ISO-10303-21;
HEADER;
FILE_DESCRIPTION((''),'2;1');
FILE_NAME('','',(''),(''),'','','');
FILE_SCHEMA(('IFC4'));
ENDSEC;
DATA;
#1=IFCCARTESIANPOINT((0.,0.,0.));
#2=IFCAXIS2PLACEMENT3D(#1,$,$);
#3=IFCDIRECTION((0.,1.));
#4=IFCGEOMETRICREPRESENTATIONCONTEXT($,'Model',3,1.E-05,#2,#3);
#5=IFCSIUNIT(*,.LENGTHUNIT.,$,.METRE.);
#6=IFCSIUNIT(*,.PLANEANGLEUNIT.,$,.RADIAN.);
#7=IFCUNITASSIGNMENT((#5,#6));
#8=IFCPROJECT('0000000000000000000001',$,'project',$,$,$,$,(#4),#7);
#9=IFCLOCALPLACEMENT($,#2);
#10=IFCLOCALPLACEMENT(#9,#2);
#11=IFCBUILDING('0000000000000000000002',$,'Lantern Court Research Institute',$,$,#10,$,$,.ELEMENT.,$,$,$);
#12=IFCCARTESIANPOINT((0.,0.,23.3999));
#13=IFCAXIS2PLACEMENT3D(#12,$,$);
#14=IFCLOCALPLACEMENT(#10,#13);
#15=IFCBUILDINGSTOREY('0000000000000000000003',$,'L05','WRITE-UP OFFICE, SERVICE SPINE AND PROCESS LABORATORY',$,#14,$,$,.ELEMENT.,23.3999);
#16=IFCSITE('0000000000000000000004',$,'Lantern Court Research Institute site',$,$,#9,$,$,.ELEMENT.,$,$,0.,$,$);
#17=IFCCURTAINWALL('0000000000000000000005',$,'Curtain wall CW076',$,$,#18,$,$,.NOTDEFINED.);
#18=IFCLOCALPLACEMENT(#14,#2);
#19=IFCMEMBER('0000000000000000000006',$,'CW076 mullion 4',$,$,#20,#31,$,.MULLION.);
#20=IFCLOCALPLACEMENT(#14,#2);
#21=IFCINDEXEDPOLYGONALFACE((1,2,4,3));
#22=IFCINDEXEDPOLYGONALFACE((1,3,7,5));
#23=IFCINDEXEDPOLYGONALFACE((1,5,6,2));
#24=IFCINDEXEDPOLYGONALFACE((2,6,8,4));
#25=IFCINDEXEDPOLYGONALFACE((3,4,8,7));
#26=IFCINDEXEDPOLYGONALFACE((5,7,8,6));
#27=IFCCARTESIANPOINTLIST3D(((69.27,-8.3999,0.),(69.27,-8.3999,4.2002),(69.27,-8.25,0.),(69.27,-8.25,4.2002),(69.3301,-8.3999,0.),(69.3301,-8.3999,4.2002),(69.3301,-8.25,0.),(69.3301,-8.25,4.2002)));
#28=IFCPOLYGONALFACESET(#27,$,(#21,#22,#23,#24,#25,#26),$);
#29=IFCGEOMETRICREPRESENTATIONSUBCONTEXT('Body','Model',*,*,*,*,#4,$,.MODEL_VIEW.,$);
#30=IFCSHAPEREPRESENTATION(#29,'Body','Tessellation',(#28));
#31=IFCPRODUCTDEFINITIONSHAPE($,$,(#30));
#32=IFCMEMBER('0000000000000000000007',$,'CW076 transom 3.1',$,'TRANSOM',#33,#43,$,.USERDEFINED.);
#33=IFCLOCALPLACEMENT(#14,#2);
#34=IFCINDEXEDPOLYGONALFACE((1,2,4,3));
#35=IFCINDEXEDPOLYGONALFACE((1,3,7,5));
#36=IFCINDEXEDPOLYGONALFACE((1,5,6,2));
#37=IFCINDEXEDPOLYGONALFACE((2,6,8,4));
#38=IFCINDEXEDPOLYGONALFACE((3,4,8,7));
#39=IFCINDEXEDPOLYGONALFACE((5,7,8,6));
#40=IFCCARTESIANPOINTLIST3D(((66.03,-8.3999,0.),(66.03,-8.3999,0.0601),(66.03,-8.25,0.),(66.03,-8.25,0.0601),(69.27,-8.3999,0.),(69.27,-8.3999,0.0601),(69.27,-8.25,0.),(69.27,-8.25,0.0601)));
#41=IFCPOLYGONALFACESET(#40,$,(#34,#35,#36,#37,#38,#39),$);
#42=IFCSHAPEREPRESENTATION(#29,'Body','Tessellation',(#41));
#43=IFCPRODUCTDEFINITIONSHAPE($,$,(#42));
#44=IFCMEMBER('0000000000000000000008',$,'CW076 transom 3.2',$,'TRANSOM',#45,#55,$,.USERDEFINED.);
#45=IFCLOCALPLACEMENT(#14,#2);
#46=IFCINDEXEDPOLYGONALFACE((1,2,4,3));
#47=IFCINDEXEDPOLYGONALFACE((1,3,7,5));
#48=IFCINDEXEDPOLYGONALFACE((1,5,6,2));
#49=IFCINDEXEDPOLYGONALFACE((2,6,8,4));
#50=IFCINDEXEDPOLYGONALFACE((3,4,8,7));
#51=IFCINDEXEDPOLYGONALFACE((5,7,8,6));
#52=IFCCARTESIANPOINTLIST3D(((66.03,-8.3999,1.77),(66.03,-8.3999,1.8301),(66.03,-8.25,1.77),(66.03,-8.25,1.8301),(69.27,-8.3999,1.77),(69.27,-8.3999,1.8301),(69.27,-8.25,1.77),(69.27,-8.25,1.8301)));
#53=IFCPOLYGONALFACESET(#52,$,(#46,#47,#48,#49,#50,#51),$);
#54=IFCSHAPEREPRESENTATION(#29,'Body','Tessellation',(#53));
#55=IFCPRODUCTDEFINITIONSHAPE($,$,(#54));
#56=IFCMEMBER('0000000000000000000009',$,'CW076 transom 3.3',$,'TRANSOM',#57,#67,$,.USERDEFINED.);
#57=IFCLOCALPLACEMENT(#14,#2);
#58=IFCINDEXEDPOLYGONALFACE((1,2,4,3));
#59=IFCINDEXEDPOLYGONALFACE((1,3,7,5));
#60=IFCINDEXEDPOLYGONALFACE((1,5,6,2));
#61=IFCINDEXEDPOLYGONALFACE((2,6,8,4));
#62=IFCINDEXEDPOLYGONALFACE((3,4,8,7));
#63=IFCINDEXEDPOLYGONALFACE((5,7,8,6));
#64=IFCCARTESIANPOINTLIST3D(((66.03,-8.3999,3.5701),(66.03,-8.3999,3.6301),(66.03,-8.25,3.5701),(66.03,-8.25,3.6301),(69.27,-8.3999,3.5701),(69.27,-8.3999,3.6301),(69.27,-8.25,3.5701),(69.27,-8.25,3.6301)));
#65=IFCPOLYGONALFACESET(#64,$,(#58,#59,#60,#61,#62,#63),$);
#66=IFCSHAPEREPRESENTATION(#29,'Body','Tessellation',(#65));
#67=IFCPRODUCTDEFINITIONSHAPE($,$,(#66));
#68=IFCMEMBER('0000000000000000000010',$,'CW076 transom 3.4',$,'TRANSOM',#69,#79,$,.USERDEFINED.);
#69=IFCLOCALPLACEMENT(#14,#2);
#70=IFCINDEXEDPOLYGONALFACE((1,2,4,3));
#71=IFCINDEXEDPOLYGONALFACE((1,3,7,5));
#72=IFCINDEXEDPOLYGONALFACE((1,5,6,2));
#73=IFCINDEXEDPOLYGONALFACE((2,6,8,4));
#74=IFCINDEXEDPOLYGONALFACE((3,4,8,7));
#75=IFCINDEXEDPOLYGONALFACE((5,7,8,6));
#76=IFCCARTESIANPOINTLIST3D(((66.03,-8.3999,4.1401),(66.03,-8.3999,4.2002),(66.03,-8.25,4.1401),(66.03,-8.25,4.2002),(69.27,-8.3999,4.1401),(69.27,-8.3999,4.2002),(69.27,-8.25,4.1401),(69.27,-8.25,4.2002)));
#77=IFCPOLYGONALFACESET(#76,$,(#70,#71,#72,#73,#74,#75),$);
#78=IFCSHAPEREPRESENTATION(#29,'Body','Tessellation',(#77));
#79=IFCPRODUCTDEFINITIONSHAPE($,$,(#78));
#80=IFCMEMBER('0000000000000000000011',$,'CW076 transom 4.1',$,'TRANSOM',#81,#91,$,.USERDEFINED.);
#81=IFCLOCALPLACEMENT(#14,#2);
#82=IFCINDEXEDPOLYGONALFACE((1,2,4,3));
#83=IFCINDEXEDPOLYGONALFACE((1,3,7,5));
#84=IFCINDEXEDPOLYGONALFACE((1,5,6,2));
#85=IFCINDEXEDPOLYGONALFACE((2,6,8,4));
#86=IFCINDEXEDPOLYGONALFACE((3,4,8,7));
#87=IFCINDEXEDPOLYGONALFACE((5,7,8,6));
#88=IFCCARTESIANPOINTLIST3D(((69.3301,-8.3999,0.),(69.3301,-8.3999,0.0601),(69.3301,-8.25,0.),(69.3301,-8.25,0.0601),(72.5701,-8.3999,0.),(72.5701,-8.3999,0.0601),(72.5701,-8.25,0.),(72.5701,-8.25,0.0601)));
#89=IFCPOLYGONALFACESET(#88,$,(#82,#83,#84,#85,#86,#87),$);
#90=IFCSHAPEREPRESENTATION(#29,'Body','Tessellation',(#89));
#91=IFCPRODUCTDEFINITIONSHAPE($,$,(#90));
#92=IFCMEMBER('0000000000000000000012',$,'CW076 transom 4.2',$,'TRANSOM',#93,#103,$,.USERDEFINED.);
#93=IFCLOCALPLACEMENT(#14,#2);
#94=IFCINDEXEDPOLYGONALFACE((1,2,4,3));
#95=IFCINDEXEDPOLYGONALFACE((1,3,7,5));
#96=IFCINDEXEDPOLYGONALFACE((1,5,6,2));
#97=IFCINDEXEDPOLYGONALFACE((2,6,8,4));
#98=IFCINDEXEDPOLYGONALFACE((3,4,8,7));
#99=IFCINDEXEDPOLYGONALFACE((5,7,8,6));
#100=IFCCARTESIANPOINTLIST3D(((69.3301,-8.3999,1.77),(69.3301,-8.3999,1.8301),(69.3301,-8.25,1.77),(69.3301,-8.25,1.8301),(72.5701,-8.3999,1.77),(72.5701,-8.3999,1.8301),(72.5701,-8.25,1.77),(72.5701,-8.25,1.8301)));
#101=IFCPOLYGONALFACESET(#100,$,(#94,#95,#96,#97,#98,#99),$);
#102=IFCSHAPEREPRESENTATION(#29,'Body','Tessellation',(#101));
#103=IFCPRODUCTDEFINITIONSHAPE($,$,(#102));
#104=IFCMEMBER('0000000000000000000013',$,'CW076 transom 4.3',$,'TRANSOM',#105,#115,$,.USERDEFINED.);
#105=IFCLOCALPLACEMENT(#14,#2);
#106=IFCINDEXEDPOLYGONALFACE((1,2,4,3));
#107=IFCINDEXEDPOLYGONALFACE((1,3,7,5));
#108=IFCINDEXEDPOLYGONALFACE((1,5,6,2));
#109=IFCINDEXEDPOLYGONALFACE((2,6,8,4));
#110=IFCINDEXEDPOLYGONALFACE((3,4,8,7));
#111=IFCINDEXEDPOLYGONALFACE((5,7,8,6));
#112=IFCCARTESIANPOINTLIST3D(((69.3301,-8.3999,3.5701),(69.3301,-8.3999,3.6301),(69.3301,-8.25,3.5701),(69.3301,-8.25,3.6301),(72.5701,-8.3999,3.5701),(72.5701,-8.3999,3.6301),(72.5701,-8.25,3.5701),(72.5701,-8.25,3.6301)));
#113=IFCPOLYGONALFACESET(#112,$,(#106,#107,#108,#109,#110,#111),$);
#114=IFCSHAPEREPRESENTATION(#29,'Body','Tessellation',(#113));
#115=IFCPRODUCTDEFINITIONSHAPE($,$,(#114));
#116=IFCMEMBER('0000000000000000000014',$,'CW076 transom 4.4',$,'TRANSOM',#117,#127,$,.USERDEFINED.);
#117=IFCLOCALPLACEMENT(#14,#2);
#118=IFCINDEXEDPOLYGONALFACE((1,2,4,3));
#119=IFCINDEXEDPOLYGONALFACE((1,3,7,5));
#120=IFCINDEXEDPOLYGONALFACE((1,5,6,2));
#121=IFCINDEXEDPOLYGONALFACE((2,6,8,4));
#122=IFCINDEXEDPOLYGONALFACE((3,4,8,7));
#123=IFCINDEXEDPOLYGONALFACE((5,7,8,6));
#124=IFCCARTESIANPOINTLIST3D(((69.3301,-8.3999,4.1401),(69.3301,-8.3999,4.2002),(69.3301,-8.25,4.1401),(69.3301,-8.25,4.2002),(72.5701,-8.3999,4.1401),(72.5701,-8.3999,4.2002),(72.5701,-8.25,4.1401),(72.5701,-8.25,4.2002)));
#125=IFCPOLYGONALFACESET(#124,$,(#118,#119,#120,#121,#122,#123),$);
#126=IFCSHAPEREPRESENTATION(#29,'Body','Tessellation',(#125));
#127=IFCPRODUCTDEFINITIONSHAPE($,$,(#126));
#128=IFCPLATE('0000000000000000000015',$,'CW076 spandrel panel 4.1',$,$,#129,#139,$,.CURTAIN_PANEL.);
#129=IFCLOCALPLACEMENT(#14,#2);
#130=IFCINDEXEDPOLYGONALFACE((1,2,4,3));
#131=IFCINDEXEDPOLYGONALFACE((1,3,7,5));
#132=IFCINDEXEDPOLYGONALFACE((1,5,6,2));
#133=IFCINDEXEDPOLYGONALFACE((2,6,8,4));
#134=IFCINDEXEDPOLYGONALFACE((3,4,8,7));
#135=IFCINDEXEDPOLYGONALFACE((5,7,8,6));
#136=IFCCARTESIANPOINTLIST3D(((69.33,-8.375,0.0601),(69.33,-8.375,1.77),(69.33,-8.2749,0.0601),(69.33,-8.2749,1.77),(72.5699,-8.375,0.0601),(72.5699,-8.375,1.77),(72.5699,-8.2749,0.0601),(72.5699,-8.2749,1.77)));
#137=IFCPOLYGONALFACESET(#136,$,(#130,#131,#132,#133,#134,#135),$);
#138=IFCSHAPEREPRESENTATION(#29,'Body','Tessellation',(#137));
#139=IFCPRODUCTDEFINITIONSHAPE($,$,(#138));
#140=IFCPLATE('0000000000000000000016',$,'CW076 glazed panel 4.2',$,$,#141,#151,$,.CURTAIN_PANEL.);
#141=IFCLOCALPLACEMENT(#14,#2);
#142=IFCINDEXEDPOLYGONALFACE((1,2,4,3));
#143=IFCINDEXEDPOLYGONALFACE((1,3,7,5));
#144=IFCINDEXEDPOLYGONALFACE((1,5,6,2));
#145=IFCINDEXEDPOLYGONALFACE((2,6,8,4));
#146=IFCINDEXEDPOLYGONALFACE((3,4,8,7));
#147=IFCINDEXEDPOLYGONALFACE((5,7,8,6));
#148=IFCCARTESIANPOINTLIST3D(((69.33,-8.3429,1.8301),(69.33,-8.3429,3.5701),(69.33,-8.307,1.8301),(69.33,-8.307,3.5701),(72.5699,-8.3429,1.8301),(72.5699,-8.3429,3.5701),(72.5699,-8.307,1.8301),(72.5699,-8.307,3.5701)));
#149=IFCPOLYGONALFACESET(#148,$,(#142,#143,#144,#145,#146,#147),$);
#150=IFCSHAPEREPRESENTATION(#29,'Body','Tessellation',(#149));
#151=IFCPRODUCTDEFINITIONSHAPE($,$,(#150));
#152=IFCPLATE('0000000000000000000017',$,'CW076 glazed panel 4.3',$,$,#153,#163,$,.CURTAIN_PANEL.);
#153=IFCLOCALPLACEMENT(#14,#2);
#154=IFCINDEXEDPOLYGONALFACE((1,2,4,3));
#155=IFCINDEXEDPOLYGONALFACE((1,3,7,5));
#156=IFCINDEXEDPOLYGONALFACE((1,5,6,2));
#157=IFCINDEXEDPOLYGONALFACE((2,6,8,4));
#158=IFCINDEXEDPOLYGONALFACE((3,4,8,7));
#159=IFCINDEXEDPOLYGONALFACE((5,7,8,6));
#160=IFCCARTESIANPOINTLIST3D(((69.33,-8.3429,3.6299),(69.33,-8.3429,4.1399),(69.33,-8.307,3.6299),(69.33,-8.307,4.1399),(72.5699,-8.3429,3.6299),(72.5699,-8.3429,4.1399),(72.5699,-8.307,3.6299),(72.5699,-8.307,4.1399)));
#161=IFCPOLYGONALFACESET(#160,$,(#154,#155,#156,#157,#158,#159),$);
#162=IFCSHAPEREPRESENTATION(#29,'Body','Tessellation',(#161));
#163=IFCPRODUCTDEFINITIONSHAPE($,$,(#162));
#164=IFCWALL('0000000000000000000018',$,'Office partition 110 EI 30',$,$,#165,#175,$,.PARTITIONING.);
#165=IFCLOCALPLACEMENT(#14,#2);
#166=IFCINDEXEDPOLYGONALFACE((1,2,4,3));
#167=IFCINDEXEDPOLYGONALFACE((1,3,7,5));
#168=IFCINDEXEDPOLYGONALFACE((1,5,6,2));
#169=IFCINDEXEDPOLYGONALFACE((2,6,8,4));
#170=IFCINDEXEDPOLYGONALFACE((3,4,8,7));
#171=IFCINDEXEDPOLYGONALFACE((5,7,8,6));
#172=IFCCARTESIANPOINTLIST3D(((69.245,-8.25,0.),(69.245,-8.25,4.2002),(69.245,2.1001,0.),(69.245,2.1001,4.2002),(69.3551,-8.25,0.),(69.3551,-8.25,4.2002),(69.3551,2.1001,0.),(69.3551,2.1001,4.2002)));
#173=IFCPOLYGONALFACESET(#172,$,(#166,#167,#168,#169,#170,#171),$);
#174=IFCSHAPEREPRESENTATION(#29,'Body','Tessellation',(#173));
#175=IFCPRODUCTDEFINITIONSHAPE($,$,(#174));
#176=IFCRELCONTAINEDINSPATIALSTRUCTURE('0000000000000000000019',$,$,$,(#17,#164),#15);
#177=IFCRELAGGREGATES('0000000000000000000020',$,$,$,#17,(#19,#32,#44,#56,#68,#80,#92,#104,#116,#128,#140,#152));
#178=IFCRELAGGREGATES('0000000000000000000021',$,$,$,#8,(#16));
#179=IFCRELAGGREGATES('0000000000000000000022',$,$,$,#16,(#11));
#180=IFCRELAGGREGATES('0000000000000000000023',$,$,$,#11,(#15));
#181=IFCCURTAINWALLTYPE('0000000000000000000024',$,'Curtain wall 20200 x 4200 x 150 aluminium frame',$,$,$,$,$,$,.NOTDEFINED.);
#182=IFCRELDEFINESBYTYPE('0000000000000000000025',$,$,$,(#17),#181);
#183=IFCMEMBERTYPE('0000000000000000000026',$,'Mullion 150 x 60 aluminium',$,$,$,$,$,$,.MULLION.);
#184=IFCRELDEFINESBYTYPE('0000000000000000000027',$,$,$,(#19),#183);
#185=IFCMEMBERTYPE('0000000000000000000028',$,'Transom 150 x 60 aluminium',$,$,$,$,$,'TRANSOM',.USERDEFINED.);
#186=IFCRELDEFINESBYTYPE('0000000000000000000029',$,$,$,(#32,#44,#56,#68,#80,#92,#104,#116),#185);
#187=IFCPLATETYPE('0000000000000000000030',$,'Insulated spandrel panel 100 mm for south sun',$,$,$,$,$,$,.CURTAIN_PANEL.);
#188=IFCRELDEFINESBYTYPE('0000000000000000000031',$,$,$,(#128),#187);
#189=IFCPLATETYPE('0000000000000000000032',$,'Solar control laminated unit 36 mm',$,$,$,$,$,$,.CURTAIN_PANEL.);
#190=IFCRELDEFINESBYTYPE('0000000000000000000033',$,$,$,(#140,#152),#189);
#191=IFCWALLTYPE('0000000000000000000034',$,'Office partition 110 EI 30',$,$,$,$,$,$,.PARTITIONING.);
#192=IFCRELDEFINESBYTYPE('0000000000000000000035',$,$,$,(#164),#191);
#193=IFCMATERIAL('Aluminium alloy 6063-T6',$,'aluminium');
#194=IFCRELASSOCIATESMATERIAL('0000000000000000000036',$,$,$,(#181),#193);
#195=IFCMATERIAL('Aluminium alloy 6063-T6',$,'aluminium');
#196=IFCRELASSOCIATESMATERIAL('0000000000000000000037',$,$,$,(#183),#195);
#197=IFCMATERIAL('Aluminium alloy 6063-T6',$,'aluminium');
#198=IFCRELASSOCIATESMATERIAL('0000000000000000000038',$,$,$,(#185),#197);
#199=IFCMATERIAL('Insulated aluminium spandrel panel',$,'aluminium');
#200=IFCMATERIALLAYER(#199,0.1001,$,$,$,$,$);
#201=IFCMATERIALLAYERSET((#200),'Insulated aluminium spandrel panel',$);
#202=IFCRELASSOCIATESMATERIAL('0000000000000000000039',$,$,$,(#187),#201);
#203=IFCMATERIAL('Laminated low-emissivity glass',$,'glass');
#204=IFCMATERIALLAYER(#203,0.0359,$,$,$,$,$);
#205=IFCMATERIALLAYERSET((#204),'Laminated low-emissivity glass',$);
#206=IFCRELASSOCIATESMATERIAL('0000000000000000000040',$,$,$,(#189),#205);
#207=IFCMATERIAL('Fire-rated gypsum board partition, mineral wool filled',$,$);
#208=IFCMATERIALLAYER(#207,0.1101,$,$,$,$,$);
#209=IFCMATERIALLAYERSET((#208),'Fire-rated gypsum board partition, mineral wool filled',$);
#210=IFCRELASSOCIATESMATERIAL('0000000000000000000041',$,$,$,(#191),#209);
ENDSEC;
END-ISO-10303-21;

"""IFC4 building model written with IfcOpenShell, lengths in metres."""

from ifc_helpers import new_model, si_unit, direction, frame, frame_2d, origin, origin_2d, place, context, subcontext, project, spatial, rectangle, extrude, material, layer, layer_set, material_profile, profile_set, type_object, element, aggregate, save


model = new_model("IFC4")

# Units and contexts
model_context = context("Model", 3, precision=1e-05, world=origin(), true_north=direction((0.0, 1.0)))
body_context = subcontext(model_context, "Body", "Model", "MODEL_VIEW")
ifc_project = project(units=[si_unit("LENGTHUNIT", "METRE"), si_unit("PLANEANGLEUNIT", "RADIAN")], contexts=[model_context])

# Site, building, storey
site_placement = place(None, origin())
site = spatial("IfcSite", under=ifc_project, at=site_placement, Name="Lantern Court Research Institute site", CompositionType="ELEMENT", RefElevation=0.0)
building_placement = place(site_placement, origin())
building = spatial("IfcBuilding", under=site, at=building_placement, Name="Lantern Court Research Institute", CompositionType="ELEMENT")
storey_placement = place(building_placement, frame((0.0, 0.0, 23.3999)))
storey = spatial("IfcBuildingStorey", under=building, at=storey_placement, Name="L05", Description="WRITE-UP OFFICE, SERVICE SPINE AND PROCESS LABORATORY", CompositionType="ELEMENT", Elevation=23.3999)

# Curtain wall, members, plates
ifc_material_1 = material(Name="Aluminium alloy 6063-T6", Category="aluminium")
curtain_wall_type = type_object("IfcCurtainWallType", Name="Curtain wall 20200 x 4200 x 150 aluminium frame", PredefinedType="NOTDEFINED", material=ifc_material_1)
curtain_wall_placement = place(storey_placement, origin())
curtain_wall = element("IfcCurtainWall", 1, at=curtain_wall_placement, inside=storey, type_object=curtain_wall_type, Name="Curtain wall CW076", PredefinedType="NOTDEFINED")
ifc_material_2 = material(Name="Aluminium alloy 6063-T6", Category="aluminium")
ifc_material_profile_1 = material_profile(ifc_material_2, rectangle(XDim=0.1499, YDim=0.0601, at=origin_2d()), Name="Mullion 150 x 60")
ifc_profile_set_1 = profile_set([ifc_material_profile_1], Name="Aluminium alloy 6063-T6")
member_type_1 = type_object("IfcMemberType", Name="Mullion 150 x 60 aluminium", PredefinedType="MULLION", material=ifc_profile_set_1)
member_1_placement = place(storey_placement, frame((69.3, -8.325, 0.0), z_axis=(0.0, 0.0, 1.0), x_axis=(0.0, -1.0, 0.0)))
member_1 = element("IfcMember", 2, at=member_1_placement, type_object=member_type_1, Name="CW076 mullion 4", PredefinedType="MULLION", context=body_context, shape_type="SweptSolid", body=[
    extrude(rectangle(XDim=0.1499, YDim=0.0601, at=origin_2d()), origin(), (0.0, 0.0, 1.0), 4.2002),
])
ifc_material_3 = material(Name="Aluminium alloy 6063-T6", Category="aluminium")
ifc_material_profile_2 = material_profile(ifc_material_3, rectangle(XDim=0.1499, YDim=0.0601, at=origin_2d()), Name="Transom 150 x 60")
ifc_profile_set_2 = profile_set([ifc_material_profile_2], Name="Aluminium alloy 6063-T6")
member_type_2 = type_object("IfcMemberType", Name="Transom 150 x 60 aluminium", ElementType="TRANSOM", PredefinedType="USERDEFINED", material=ifc_profile_set_2)
member_2_placement = place(storey_placement, frame((69.27, -8.325, 0.03), z_axis=(-1.0, 0.0, 0.0), x_axis=(0.0, -1.0, 0.0)))
member_2 = element("IfcMember", 3, at=member_2_placement, type_object=member_type_2, Name="CW076 transom 3.1", ObjectType="TRANSOM", PredefinedType="USERDEFINED", context=body_context, shape_type="SweptSolid", body=[
    extrude(rectangle(XDim=0.1499, YDim=0.0601, at=origin_2d()), origin(), (0.0, 0.0, 1.0), 3.24),
])
member_3_placement = place(storey_placement, frame((69.27, -8.325, 1.8), z_axis=(-1.0, 0.0, 0.0), x_axis=(0.0, -1.0, 0.0)))
member_3 = element("IfcMember", 4, at=member_3_placement, type_object=member_type_2, Name="CW076 transom 3.2", ObjectType="TRANSOM", PredefinedType="USERDEFINED", context=body_context, shape_type="SweptSolid", body=[
    extrude(rectangle(XDim=0.1499, YDim=0.0601, at=origin_2d()), origin(), (0.0, 0.0, 1.0), 3.24),
])
member_4_placement = place(storey_placement, frame((69.27, -8.325, 3.6001), z_axis=(-1.0, 0.0, 0.0), x_axis=(0.0, -1.0, 0.0)))
member_4 = element("IfcMember", 5, at=member_4_placement, type_object=member_type_2, Name="CW076 transom 3.3", ObjectType="TRANSOM", PredefinedType="USERDEFINED", context=body_context, shape_type="SweptSolid", body=[
    extrude(rectangle(XDim=0.1499, YDim=0.0601, at=origin_2d()), origin(), (0.0, 0.0, 1.0), 3.24),
])
member_5_placement = place(storey_placement, frame((69.27, -8.325, 4.1702), z_axis=(-1.0, 0.0, 0.0), x_axis=(0.0, -1.0, 0.0)))
member_5 = element("IfcMember", 6, at=member_5_placement, type_object=member_type_2, Name="CW076 transom 3.4", ObjectType="TRANSOM", PredefinedType="USERDEFINED", context=body_context, shape_type="SweptSolid", body=[
    extrude(rectangle(XDim=0.1499, YDim=0.0601, at=origin_2d()), origin(), (0.0, 0.0, 1.0), 3.24),
])
member_6_placement = place(storey_placement, frame((72.5701, -8.325, 0.03), z_axis=(-1.0, 0.0, 0.0), x_axis=(0.0, -1.0, 0.0)))
member_6 = element("IfcMember", 7, at=member_6_placement, type_object=member_type_2, Name="CW076 transom 4.1", ObjectType="TRANSOM", PredefinedType="USERDEFINED", context=body_context, shape_type="SweptSolid", body=[
    extrude(rectangle(XDim=0.1499, YDim=0.0601, at=origin_2d()), origin(), (0.0, 0.0, 1.0), 3.24),
])
member_7_placement = place(storey_placement, frame((72.5701, -8.325, 1.8), z_axis=(-1.0, 0.0, 0.0), x_axis=(0.0, -1.0, 0.0)))
member_7 = element("IfcMember", 8, at=member_7_placement, type_object=member_type_2, Name="CW076 transom 4.2", ObjectType="TRANSOM", PredefinedType="USERDEFINED", context=body_context, shape_type="SweptSolid", body=[
    extrude(rectangle(XDim=0.1499, YDim=0.0601, at=origin_2d()), origin(), (0.0, 0.0, 1.0), 3.24),
])
member_8_placement = place(storey_placement, frame((72.5701, -8.325, 3.6001), z_axis=(-1.0, 0.0, 0.0), x_axis=(0.0, -1.0, 0.0)))
member_8 = element("IfcMember", 9, at=member_8_placement, type_object=member_type_2, Name="CW076 transom 4.3", ObjectType="TRANSOM", PredefinedType="USERDEFINED", context=body_context, shape_type="SweptSolid", body=[
    extrude(rectangle(XDim=0.1499, YDim=0.0601, at=origin_2d()), origin(), (0.0, 0.0, 1.0), 3.24),
])
member_9_placement = place(storey_placement, frame((72.5701, -8.325, 4.1702), z_axis=(-1.0, 0.0, 0.0), x_axis=(0.0, -1.0, 0.0)))
member_9 = element("IfcMember", 10, at=member_9_placement, type_object=member_type_2, Name="CW076 transom 4.4", ObjectType="TRANSOM", PredefinedType="USERDEFINED", context=body_context, shape_type="SweptSolid", body=[
    extrude(rectangle(XDim=0.1499, YDim=0.0601, at=origin_2d()), origin(), (0.0, 0.0, 1.0), 3.24),
])
ifc_material_4 = material(Name="Insulated aluminium spandrel panel", Category="aluminium")
ifc_layer_1 = layer(ifc_material_4, 0.1001)
ifc_layer_set_1 = layer_set([ifc_layer_1], Name="Insulated aluminium spandrel panel")
plate_type_1 = type_object("IfcPlateType", Name="Insulated spandrel panel 100 mm for south sun", PredefinedType="CURTAIN_PANEL", material=ifc_layer_set_1)
plate_1_placement = place(storey_placement, frame((70.95, -8.325, 0.0601), z_axis=(0.0, 0.0, 1.0), x_axis=(-1.0, 0.0, 0.0)))
plate_1 = element("IfcPlate", 11, at=plate_1_placement, type_object=plate_type_1, Name="CW076 spandrel panel 4.1", PredefinedType="CURTAIN_PANEL", context=body_context, shape_type="SweptSolid", body=[
    extrude(rectangle(XDim=3.24, YDim=0.1001, at=origin_2d()), origin(), (0.0, 0.0, 1.0), 1.71),
])
ifc_material_5 = material(Name="Laminated low-emissivity glass", Category="glass")
ifc_layer_2 = layer(ifc_material_5, 0.0359)
ifc_layer_set_2 = layer_set([ifc_layer_2], Name="Laminated low-emissivity glass")
plate_type_2 = type_object("IfcPlateType", Name="Solar control laminated unit 36 mm", PredefinedType="CURTAIN_PANEL", material=ifc_layer_set_2)
plate_2_placement = place(storey_placement, frame((70.95, -8.325, 1.8301), z_axis=(0.0, 0.0, 1.0), x_axis=(-1.0, 0.0, 0.0)))
plate_2 = element("IfcPlate", 12, at=plate_2_placement, type_object=plate_type_2, Name="CW076 glazed panel 4.2", PredefinedType="CURTAIN_PANEL", context=body_context, shape_type="SweptSolid", body=[
    extrude(rectangle(XDim=3.24, YDim=0.0359, at=origin_2d()), origin(), (0.0, 0.0, 1.0), 1.74),
])
plate_3_placement = place(storey_placement, frame((70.95, -8.325, 3.6299), z_axis=(0.0, 0.0, 1.0), x_axis=(-1.0, 0.0, 0.0)))
plate_3 = element("IfcPlate", 13, at=plate_3_placement, type_object=plate_type_2, Name="CW076 glazed panel 4.3", PredefinedType="CURTAIN_PANEL", context=body_context, shape_type="SweptSolid", body=[
    extrude(rectangle(XDim=3.24, YDim=0.0359, at=origin_2d()), origin(), (0.0, 0.0, 1.0), 0.51),
])
aggregate(curtain_wall, [member_1, member_2, member_3, member_4, member_5, member_6, member_7, member_8, member_9, plate_1, plate_2, plate_3])

# Wall
ifc_material_6 = material(Name="Fire-rated gypsum board partition, mineral wool filled")
ifc_layer_3 = layer(ifc_material_6, 0.1101)
ifc_layer_set_3 = layer_set([ifc_layer_3], Name="Fire-rated gypsum board partition, mineral wool filled")
wall_type = type_object("IfcWallType", Name="Office partition 110 EI 30", PredefinedType="PARTITIONING", material=ifc_layer_set_3)
wall_placement = place(storey_placement, frame((69.3, -8.25, 0.0), z_axis=(0.0, 0.0, 1.0), x_axis=(0.0, 1.0, 0.0)))
element("IfcWall", 14, at=wall_placement, inside=storey, type_object=wall_type, Name="Office partition 110 EI 30", PredefinedType="PARTITIONING", context=body_context, shape_type="SweptSolid", body=[
    extrude(rectangle(XDim=10.3501, YDim=0.1101, at=frame_2d((5.175, 0.0))), origin(), (0.0, 0.0, 1.0), 4.2002),
])

save(model, "model.ifc")
